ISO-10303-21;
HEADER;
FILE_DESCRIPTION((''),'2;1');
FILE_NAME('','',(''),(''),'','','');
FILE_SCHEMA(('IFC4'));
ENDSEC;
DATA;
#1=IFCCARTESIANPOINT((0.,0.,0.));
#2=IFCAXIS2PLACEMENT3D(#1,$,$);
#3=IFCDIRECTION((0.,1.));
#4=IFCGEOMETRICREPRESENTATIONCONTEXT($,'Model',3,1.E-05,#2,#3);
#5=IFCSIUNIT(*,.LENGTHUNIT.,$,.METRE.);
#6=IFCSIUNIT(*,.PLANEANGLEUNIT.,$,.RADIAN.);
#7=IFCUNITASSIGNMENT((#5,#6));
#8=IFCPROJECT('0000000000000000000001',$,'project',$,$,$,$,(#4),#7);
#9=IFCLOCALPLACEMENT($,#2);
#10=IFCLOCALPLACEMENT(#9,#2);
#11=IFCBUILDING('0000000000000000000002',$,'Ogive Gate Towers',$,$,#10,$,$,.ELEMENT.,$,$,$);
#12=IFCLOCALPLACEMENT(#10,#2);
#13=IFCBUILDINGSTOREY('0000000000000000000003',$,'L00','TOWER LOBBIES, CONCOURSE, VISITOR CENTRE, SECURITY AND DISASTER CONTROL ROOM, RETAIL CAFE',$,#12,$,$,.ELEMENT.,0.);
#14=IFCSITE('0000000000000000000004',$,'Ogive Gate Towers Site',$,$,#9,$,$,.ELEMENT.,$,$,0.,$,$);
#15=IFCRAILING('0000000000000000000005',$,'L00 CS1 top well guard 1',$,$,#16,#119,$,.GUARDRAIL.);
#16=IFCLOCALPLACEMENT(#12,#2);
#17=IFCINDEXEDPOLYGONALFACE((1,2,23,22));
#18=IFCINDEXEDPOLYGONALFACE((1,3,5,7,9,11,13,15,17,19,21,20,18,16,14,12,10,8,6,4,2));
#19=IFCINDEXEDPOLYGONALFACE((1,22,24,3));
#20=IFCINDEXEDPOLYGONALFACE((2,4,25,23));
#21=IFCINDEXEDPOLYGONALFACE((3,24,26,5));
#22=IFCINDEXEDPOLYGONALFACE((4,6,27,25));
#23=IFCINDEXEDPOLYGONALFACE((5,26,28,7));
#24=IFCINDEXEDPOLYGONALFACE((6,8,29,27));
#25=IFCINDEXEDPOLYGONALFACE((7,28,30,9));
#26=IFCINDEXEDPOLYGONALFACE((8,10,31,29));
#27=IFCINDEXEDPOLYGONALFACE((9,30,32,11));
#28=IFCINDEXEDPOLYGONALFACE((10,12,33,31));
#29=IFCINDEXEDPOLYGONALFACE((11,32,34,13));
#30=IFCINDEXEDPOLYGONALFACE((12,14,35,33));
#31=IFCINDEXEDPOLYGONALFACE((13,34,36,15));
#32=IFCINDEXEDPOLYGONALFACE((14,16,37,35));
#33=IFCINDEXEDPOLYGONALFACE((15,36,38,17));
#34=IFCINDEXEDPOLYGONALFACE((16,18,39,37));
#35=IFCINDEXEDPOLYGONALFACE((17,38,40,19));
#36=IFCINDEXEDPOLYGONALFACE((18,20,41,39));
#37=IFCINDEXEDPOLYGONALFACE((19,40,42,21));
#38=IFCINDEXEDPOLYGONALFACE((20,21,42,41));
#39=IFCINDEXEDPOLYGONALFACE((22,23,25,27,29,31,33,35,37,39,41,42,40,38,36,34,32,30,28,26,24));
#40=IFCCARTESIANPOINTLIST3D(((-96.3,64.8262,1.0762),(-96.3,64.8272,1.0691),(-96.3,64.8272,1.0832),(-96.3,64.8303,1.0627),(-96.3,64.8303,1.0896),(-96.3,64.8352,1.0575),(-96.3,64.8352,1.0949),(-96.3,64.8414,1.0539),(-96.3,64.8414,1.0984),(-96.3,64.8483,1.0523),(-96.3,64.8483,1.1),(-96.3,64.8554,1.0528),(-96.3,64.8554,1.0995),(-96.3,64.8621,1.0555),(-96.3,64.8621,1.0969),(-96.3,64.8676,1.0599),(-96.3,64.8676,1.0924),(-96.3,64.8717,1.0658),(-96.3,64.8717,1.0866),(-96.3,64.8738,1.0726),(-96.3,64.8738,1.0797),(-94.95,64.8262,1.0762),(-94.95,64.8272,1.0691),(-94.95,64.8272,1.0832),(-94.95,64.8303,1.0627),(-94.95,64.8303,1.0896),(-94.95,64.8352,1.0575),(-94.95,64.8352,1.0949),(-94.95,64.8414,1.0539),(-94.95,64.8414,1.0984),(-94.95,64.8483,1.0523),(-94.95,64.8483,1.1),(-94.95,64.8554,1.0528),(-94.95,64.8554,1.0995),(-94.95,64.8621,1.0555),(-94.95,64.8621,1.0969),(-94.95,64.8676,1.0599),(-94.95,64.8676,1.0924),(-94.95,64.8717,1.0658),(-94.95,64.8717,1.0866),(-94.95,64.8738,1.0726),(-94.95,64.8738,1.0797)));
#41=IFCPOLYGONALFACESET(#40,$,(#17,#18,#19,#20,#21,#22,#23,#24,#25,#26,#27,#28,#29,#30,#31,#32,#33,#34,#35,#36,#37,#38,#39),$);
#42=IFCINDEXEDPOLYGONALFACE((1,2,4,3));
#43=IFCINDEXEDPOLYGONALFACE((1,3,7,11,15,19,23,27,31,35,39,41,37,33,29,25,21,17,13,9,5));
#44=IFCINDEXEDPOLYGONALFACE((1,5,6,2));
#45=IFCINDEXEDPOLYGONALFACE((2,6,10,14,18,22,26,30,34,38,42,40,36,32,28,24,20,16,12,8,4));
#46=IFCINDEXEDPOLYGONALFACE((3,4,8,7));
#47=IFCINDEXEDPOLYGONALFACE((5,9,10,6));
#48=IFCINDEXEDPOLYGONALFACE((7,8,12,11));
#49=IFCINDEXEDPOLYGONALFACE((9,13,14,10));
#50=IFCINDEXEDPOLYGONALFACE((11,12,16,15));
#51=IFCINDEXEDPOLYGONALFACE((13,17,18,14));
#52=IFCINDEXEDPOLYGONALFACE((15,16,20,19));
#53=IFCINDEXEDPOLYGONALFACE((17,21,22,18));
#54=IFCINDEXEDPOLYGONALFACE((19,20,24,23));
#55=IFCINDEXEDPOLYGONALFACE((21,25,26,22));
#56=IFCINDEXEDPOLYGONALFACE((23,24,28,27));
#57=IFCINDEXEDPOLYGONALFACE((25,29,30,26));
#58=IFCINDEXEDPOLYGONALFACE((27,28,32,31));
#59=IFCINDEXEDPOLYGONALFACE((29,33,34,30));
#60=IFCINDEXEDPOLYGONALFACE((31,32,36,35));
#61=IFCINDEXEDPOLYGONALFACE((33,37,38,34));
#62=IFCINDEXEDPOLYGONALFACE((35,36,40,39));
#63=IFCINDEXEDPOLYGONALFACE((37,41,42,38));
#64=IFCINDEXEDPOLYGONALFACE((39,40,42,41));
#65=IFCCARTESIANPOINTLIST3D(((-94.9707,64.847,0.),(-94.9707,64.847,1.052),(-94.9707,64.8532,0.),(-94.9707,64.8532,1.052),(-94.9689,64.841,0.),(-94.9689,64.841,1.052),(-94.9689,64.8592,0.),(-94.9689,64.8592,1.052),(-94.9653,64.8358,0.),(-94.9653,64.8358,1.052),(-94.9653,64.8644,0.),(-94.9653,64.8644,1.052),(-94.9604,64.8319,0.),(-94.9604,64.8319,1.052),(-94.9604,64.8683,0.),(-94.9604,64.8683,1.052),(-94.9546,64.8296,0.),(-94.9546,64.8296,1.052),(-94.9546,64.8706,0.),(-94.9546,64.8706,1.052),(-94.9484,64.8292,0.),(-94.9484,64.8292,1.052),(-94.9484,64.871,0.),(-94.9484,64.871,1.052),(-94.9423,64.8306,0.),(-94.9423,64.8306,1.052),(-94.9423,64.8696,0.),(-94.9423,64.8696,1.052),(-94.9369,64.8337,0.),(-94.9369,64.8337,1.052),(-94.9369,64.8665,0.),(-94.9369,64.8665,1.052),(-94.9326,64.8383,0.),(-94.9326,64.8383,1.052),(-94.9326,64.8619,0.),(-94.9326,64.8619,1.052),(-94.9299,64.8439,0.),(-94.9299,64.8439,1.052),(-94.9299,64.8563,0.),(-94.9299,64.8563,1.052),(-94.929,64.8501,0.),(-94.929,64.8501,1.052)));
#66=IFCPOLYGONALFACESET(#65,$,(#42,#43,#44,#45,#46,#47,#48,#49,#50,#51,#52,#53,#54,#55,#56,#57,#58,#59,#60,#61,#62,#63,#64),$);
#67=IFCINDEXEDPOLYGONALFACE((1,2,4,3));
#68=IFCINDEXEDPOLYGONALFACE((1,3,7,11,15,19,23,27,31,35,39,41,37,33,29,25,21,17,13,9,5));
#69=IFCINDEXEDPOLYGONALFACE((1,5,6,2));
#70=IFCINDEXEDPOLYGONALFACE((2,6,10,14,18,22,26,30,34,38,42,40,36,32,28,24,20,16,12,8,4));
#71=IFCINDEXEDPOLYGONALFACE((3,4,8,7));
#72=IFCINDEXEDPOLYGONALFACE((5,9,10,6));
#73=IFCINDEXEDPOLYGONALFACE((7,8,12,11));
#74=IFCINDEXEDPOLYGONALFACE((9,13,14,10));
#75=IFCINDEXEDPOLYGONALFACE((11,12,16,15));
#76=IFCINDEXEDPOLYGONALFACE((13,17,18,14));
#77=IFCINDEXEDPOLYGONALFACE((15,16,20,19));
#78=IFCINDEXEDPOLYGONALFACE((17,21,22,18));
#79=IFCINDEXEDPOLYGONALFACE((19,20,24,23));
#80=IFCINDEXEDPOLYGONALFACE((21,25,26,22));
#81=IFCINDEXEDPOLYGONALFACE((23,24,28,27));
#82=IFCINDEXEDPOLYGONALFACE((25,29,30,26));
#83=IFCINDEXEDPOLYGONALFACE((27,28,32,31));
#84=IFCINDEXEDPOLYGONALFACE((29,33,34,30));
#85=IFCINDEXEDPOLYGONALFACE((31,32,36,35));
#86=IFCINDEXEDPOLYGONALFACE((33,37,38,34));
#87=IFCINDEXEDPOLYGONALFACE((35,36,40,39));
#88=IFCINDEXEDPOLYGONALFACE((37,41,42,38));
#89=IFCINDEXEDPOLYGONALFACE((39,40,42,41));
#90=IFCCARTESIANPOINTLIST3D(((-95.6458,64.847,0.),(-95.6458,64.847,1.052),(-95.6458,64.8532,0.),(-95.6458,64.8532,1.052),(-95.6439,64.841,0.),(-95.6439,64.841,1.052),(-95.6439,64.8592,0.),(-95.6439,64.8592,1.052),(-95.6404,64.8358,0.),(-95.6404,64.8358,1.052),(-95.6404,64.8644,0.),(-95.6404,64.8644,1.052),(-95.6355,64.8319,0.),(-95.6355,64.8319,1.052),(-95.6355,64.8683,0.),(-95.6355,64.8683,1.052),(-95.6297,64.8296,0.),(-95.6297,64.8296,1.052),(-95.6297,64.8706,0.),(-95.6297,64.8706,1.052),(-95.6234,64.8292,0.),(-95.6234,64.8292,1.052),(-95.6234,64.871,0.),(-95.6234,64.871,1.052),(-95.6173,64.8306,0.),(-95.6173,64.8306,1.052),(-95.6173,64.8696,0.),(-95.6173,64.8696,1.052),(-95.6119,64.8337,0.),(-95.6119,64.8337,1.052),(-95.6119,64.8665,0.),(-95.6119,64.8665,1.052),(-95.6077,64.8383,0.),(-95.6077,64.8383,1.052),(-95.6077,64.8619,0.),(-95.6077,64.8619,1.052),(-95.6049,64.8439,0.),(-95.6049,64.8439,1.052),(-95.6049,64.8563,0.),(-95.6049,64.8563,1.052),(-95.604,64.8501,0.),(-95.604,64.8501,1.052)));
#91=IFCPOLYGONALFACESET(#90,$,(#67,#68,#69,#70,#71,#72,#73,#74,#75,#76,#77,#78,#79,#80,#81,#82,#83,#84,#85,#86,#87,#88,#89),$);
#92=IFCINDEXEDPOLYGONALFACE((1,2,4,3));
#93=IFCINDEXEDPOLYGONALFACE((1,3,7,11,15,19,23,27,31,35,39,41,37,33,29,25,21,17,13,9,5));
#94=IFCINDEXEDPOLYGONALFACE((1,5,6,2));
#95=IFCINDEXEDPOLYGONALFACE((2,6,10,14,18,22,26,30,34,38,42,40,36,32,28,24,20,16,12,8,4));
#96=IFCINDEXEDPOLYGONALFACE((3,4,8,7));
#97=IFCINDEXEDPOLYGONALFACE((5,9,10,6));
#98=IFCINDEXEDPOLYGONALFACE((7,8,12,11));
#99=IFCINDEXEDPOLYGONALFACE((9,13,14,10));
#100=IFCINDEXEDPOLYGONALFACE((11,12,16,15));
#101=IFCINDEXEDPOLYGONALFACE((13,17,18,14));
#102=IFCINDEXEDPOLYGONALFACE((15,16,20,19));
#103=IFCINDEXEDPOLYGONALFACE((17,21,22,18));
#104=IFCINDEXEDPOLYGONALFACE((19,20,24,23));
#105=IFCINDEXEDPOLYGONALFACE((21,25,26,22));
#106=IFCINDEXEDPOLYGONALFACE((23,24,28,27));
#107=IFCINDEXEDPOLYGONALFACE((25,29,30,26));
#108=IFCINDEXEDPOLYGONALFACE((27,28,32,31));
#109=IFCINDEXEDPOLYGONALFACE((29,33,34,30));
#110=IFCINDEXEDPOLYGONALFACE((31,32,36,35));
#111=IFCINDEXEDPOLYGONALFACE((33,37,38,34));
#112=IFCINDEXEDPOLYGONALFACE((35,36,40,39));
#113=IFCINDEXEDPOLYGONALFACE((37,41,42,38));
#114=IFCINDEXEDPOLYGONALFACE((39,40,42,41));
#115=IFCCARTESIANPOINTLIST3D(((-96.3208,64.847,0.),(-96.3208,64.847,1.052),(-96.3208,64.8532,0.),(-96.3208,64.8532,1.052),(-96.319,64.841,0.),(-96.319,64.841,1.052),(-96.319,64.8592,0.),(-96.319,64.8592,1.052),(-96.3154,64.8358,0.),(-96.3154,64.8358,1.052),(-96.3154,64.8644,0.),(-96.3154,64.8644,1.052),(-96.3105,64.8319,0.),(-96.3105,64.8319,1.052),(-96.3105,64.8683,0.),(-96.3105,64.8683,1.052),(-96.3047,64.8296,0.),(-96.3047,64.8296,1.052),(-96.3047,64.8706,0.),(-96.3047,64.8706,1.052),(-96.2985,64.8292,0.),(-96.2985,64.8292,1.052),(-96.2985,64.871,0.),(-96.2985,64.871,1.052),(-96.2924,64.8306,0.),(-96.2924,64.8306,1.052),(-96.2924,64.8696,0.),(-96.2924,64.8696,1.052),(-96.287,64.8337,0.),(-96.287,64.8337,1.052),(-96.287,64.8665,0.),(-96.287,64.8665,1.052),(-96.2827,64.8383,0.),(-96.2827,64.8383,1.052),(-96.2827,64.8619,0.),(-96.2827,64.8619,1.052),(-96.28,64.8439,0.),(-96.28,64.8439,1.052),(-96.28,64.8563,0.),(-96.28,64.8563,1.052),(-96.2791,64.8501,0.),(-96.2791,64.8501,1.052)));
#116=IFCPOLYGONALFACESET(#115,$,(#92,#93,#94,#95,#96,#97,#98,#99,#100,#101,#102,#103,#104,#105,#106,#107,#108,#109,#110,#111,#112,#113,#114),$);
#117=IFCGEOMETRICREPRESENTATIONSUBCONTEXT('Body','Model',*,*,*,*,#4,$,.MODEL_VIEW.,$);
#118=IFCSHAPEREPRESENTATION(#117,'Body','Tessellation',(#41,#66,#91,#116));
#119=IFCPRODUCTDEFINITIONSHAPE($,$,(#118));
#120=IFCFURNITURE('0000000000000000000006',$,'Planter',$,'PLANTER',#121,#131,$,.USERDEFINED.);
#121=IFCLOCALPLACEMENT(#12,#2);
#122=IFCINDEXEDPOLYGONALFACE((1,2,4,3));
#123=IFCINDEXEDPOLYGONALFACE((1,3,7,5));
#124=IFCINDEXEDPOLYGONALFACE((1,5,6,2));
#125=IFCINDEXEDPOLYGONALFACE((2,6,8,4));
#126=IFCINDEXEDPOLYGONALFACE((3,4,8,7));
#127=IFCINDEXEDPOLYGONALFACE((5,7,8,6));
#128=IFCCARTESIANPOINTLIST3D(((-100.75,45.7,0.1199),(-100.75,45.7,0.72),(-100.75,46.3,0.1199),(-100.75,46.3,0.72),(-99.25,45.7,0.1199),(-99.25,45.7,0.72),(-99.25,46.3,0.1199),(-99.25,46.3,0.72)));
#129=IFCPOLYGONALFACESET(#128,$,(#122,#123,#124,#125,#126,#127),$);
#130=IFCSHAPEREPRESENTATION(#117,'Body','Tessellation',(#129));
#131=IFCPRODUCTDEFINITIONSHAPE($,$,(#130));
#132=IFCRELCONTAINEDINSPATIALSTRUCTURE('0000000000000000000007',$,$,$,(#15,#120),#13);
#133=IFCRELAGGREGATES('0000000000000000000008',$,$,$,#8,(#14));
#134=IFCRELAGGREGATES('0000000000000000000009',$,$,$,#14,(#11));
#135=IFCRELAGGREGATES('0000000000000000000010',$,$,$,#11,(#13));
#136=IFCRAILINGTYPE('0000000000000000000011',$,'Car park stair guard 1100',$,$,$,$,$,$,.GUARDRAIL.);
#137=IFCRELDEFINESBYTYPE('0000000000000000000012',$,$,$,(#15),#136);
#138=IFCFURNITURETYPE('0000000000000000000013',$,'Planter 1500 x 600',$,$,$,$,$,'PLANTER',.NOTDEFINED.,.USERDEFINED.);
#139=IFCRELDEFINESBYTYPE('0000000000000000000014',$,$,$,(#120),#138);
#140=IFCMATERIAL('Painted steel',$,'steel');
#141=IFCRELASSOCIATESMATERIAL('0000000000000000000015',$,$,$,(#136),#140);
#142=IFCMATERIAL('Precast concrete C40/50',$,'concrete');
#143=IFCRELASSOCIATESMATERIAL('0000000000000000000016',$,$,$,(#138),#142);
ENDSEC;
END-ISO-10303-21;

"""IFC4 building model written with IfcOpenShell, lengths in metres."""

from ifc_helpers import new_model, si_unit, direction, frame, origin, origin_2d, place, context, subcontext, project, spatial, rectangle, circle, extrude, material, type_object, element, save


model = new_model("IFC4")

# Units and contexts
model_context = context("Model", 3, precision=1e-05, world=origin(), true_north=direction((0.0, 1.0)))
body_context = subcontext(model_context, "Body", "Model", "MODEL_VIEW")
ifc_project = project(units=[si_unit("LENGTHUNIT", "METRE"), si_unit("PLANEANGLEUNIT", "RADIAN")], contexts=[model_context])

# Site, building, storey
site_placement = place(None, origin())
site = spatial("IfcSite", under=ifc_project, at=site_placement, Name="Ogive Gate Towers Site", CompositionType="ELEMENT", RefElevation=0.0)
building_placement = place(site_placement, origin())
building = spatial("IfcBuilding", under=site, at=building_placement, Name="Ogive Gate Towers", CompositionType="ELEMENT")
storey_placement = place(building_placement, origin())
storey = spatial("IfcBuildingStorey", under=building, at=storey_placement, Name="L00", Description="TOWER LOBBIES, CONCOURSE, VISITOR CENTRE, SECURITY AND DISASTER CONTROL ROOM, RETAIL CAFE", CompositionType="ELEMENT", Elevation=0.0)

# Shared definitions
ifc_material_1 = material(Name="Precast concrete C40/50", Category="concrete")

# Railing
ifc_material_2 = material(Name="Painted steel", Category="steel")
railing_type_1 = type_object("IfcRailingType", Name="Car park stair guard 1100", PredefinedType="GUARDRAIL", material=ifc_material_2)
railing_1_placement = place(storey_placement, frame((-94.95, 64.8501, 0.0)))
element("IfcRailing", 1, at=railing_1_placement, inside=storey, type_object=railing_type_1, Name="L00 CS1 top well guard 1", PredefinedType="GUARDRAIL", context=body_context, shape_type="SweptSolid", body=[
    extrude(circle(Radius=0.0239, at=origin_2d()), frame((0.0, 0.0, 1.0762), z_axis=(-1.0, 0.0, 0.0), x_axis=(0.0, -1.0, 0.0)), (0.0, 0.0, 1.0), 1.3501),
    extrude(circle(Radius=0.021, at=origin_2d()), origin(), (0.0, 0.0, 1.0), 1.052),
    extrude(circle(Radius=0.021, at=origin_2d()), frame((-0.675, 0.0, 0.0)), (0.0, 0.0, 1.0), 1.052),
    extrude(circle(Radius=0.021, at=origin_2d()), frame((-1.3501, 0.0, 0.0)), (0.0, 0.0, 1.0), 1.052),
])

# Furniture
furniture_type = type_object("IfcFurnitureType", Name="Planter 1500 x 600", ElementType="PLANTER", AssemblyPlace="NOTDEFINED", PredefinedType="USERDEFINED", material=ifc_material_1)
furniture_placement = place(storey_placement, frame((-100.0, 46.0, 0.1199), z_axis=(0.0, 0.0, 1.0), x_axis=(1.0, 0.0, 0.0)))
element("IfcFurniture", 2, at=furniture_placement, inside=storey, type_object=furniture_type, Name="Planter", ObjectType="PLANTER", PredefinedType="USERDEFINED", context=body_context, shape_type="SweptSolid", body=[
    extrude(rectangle(XDim=1.5, YDim=0.6001, at=origin_2d()), origin(), (0.0, 0.0, 1.0), 0.6001),
])

save(model, "model.ifc")
